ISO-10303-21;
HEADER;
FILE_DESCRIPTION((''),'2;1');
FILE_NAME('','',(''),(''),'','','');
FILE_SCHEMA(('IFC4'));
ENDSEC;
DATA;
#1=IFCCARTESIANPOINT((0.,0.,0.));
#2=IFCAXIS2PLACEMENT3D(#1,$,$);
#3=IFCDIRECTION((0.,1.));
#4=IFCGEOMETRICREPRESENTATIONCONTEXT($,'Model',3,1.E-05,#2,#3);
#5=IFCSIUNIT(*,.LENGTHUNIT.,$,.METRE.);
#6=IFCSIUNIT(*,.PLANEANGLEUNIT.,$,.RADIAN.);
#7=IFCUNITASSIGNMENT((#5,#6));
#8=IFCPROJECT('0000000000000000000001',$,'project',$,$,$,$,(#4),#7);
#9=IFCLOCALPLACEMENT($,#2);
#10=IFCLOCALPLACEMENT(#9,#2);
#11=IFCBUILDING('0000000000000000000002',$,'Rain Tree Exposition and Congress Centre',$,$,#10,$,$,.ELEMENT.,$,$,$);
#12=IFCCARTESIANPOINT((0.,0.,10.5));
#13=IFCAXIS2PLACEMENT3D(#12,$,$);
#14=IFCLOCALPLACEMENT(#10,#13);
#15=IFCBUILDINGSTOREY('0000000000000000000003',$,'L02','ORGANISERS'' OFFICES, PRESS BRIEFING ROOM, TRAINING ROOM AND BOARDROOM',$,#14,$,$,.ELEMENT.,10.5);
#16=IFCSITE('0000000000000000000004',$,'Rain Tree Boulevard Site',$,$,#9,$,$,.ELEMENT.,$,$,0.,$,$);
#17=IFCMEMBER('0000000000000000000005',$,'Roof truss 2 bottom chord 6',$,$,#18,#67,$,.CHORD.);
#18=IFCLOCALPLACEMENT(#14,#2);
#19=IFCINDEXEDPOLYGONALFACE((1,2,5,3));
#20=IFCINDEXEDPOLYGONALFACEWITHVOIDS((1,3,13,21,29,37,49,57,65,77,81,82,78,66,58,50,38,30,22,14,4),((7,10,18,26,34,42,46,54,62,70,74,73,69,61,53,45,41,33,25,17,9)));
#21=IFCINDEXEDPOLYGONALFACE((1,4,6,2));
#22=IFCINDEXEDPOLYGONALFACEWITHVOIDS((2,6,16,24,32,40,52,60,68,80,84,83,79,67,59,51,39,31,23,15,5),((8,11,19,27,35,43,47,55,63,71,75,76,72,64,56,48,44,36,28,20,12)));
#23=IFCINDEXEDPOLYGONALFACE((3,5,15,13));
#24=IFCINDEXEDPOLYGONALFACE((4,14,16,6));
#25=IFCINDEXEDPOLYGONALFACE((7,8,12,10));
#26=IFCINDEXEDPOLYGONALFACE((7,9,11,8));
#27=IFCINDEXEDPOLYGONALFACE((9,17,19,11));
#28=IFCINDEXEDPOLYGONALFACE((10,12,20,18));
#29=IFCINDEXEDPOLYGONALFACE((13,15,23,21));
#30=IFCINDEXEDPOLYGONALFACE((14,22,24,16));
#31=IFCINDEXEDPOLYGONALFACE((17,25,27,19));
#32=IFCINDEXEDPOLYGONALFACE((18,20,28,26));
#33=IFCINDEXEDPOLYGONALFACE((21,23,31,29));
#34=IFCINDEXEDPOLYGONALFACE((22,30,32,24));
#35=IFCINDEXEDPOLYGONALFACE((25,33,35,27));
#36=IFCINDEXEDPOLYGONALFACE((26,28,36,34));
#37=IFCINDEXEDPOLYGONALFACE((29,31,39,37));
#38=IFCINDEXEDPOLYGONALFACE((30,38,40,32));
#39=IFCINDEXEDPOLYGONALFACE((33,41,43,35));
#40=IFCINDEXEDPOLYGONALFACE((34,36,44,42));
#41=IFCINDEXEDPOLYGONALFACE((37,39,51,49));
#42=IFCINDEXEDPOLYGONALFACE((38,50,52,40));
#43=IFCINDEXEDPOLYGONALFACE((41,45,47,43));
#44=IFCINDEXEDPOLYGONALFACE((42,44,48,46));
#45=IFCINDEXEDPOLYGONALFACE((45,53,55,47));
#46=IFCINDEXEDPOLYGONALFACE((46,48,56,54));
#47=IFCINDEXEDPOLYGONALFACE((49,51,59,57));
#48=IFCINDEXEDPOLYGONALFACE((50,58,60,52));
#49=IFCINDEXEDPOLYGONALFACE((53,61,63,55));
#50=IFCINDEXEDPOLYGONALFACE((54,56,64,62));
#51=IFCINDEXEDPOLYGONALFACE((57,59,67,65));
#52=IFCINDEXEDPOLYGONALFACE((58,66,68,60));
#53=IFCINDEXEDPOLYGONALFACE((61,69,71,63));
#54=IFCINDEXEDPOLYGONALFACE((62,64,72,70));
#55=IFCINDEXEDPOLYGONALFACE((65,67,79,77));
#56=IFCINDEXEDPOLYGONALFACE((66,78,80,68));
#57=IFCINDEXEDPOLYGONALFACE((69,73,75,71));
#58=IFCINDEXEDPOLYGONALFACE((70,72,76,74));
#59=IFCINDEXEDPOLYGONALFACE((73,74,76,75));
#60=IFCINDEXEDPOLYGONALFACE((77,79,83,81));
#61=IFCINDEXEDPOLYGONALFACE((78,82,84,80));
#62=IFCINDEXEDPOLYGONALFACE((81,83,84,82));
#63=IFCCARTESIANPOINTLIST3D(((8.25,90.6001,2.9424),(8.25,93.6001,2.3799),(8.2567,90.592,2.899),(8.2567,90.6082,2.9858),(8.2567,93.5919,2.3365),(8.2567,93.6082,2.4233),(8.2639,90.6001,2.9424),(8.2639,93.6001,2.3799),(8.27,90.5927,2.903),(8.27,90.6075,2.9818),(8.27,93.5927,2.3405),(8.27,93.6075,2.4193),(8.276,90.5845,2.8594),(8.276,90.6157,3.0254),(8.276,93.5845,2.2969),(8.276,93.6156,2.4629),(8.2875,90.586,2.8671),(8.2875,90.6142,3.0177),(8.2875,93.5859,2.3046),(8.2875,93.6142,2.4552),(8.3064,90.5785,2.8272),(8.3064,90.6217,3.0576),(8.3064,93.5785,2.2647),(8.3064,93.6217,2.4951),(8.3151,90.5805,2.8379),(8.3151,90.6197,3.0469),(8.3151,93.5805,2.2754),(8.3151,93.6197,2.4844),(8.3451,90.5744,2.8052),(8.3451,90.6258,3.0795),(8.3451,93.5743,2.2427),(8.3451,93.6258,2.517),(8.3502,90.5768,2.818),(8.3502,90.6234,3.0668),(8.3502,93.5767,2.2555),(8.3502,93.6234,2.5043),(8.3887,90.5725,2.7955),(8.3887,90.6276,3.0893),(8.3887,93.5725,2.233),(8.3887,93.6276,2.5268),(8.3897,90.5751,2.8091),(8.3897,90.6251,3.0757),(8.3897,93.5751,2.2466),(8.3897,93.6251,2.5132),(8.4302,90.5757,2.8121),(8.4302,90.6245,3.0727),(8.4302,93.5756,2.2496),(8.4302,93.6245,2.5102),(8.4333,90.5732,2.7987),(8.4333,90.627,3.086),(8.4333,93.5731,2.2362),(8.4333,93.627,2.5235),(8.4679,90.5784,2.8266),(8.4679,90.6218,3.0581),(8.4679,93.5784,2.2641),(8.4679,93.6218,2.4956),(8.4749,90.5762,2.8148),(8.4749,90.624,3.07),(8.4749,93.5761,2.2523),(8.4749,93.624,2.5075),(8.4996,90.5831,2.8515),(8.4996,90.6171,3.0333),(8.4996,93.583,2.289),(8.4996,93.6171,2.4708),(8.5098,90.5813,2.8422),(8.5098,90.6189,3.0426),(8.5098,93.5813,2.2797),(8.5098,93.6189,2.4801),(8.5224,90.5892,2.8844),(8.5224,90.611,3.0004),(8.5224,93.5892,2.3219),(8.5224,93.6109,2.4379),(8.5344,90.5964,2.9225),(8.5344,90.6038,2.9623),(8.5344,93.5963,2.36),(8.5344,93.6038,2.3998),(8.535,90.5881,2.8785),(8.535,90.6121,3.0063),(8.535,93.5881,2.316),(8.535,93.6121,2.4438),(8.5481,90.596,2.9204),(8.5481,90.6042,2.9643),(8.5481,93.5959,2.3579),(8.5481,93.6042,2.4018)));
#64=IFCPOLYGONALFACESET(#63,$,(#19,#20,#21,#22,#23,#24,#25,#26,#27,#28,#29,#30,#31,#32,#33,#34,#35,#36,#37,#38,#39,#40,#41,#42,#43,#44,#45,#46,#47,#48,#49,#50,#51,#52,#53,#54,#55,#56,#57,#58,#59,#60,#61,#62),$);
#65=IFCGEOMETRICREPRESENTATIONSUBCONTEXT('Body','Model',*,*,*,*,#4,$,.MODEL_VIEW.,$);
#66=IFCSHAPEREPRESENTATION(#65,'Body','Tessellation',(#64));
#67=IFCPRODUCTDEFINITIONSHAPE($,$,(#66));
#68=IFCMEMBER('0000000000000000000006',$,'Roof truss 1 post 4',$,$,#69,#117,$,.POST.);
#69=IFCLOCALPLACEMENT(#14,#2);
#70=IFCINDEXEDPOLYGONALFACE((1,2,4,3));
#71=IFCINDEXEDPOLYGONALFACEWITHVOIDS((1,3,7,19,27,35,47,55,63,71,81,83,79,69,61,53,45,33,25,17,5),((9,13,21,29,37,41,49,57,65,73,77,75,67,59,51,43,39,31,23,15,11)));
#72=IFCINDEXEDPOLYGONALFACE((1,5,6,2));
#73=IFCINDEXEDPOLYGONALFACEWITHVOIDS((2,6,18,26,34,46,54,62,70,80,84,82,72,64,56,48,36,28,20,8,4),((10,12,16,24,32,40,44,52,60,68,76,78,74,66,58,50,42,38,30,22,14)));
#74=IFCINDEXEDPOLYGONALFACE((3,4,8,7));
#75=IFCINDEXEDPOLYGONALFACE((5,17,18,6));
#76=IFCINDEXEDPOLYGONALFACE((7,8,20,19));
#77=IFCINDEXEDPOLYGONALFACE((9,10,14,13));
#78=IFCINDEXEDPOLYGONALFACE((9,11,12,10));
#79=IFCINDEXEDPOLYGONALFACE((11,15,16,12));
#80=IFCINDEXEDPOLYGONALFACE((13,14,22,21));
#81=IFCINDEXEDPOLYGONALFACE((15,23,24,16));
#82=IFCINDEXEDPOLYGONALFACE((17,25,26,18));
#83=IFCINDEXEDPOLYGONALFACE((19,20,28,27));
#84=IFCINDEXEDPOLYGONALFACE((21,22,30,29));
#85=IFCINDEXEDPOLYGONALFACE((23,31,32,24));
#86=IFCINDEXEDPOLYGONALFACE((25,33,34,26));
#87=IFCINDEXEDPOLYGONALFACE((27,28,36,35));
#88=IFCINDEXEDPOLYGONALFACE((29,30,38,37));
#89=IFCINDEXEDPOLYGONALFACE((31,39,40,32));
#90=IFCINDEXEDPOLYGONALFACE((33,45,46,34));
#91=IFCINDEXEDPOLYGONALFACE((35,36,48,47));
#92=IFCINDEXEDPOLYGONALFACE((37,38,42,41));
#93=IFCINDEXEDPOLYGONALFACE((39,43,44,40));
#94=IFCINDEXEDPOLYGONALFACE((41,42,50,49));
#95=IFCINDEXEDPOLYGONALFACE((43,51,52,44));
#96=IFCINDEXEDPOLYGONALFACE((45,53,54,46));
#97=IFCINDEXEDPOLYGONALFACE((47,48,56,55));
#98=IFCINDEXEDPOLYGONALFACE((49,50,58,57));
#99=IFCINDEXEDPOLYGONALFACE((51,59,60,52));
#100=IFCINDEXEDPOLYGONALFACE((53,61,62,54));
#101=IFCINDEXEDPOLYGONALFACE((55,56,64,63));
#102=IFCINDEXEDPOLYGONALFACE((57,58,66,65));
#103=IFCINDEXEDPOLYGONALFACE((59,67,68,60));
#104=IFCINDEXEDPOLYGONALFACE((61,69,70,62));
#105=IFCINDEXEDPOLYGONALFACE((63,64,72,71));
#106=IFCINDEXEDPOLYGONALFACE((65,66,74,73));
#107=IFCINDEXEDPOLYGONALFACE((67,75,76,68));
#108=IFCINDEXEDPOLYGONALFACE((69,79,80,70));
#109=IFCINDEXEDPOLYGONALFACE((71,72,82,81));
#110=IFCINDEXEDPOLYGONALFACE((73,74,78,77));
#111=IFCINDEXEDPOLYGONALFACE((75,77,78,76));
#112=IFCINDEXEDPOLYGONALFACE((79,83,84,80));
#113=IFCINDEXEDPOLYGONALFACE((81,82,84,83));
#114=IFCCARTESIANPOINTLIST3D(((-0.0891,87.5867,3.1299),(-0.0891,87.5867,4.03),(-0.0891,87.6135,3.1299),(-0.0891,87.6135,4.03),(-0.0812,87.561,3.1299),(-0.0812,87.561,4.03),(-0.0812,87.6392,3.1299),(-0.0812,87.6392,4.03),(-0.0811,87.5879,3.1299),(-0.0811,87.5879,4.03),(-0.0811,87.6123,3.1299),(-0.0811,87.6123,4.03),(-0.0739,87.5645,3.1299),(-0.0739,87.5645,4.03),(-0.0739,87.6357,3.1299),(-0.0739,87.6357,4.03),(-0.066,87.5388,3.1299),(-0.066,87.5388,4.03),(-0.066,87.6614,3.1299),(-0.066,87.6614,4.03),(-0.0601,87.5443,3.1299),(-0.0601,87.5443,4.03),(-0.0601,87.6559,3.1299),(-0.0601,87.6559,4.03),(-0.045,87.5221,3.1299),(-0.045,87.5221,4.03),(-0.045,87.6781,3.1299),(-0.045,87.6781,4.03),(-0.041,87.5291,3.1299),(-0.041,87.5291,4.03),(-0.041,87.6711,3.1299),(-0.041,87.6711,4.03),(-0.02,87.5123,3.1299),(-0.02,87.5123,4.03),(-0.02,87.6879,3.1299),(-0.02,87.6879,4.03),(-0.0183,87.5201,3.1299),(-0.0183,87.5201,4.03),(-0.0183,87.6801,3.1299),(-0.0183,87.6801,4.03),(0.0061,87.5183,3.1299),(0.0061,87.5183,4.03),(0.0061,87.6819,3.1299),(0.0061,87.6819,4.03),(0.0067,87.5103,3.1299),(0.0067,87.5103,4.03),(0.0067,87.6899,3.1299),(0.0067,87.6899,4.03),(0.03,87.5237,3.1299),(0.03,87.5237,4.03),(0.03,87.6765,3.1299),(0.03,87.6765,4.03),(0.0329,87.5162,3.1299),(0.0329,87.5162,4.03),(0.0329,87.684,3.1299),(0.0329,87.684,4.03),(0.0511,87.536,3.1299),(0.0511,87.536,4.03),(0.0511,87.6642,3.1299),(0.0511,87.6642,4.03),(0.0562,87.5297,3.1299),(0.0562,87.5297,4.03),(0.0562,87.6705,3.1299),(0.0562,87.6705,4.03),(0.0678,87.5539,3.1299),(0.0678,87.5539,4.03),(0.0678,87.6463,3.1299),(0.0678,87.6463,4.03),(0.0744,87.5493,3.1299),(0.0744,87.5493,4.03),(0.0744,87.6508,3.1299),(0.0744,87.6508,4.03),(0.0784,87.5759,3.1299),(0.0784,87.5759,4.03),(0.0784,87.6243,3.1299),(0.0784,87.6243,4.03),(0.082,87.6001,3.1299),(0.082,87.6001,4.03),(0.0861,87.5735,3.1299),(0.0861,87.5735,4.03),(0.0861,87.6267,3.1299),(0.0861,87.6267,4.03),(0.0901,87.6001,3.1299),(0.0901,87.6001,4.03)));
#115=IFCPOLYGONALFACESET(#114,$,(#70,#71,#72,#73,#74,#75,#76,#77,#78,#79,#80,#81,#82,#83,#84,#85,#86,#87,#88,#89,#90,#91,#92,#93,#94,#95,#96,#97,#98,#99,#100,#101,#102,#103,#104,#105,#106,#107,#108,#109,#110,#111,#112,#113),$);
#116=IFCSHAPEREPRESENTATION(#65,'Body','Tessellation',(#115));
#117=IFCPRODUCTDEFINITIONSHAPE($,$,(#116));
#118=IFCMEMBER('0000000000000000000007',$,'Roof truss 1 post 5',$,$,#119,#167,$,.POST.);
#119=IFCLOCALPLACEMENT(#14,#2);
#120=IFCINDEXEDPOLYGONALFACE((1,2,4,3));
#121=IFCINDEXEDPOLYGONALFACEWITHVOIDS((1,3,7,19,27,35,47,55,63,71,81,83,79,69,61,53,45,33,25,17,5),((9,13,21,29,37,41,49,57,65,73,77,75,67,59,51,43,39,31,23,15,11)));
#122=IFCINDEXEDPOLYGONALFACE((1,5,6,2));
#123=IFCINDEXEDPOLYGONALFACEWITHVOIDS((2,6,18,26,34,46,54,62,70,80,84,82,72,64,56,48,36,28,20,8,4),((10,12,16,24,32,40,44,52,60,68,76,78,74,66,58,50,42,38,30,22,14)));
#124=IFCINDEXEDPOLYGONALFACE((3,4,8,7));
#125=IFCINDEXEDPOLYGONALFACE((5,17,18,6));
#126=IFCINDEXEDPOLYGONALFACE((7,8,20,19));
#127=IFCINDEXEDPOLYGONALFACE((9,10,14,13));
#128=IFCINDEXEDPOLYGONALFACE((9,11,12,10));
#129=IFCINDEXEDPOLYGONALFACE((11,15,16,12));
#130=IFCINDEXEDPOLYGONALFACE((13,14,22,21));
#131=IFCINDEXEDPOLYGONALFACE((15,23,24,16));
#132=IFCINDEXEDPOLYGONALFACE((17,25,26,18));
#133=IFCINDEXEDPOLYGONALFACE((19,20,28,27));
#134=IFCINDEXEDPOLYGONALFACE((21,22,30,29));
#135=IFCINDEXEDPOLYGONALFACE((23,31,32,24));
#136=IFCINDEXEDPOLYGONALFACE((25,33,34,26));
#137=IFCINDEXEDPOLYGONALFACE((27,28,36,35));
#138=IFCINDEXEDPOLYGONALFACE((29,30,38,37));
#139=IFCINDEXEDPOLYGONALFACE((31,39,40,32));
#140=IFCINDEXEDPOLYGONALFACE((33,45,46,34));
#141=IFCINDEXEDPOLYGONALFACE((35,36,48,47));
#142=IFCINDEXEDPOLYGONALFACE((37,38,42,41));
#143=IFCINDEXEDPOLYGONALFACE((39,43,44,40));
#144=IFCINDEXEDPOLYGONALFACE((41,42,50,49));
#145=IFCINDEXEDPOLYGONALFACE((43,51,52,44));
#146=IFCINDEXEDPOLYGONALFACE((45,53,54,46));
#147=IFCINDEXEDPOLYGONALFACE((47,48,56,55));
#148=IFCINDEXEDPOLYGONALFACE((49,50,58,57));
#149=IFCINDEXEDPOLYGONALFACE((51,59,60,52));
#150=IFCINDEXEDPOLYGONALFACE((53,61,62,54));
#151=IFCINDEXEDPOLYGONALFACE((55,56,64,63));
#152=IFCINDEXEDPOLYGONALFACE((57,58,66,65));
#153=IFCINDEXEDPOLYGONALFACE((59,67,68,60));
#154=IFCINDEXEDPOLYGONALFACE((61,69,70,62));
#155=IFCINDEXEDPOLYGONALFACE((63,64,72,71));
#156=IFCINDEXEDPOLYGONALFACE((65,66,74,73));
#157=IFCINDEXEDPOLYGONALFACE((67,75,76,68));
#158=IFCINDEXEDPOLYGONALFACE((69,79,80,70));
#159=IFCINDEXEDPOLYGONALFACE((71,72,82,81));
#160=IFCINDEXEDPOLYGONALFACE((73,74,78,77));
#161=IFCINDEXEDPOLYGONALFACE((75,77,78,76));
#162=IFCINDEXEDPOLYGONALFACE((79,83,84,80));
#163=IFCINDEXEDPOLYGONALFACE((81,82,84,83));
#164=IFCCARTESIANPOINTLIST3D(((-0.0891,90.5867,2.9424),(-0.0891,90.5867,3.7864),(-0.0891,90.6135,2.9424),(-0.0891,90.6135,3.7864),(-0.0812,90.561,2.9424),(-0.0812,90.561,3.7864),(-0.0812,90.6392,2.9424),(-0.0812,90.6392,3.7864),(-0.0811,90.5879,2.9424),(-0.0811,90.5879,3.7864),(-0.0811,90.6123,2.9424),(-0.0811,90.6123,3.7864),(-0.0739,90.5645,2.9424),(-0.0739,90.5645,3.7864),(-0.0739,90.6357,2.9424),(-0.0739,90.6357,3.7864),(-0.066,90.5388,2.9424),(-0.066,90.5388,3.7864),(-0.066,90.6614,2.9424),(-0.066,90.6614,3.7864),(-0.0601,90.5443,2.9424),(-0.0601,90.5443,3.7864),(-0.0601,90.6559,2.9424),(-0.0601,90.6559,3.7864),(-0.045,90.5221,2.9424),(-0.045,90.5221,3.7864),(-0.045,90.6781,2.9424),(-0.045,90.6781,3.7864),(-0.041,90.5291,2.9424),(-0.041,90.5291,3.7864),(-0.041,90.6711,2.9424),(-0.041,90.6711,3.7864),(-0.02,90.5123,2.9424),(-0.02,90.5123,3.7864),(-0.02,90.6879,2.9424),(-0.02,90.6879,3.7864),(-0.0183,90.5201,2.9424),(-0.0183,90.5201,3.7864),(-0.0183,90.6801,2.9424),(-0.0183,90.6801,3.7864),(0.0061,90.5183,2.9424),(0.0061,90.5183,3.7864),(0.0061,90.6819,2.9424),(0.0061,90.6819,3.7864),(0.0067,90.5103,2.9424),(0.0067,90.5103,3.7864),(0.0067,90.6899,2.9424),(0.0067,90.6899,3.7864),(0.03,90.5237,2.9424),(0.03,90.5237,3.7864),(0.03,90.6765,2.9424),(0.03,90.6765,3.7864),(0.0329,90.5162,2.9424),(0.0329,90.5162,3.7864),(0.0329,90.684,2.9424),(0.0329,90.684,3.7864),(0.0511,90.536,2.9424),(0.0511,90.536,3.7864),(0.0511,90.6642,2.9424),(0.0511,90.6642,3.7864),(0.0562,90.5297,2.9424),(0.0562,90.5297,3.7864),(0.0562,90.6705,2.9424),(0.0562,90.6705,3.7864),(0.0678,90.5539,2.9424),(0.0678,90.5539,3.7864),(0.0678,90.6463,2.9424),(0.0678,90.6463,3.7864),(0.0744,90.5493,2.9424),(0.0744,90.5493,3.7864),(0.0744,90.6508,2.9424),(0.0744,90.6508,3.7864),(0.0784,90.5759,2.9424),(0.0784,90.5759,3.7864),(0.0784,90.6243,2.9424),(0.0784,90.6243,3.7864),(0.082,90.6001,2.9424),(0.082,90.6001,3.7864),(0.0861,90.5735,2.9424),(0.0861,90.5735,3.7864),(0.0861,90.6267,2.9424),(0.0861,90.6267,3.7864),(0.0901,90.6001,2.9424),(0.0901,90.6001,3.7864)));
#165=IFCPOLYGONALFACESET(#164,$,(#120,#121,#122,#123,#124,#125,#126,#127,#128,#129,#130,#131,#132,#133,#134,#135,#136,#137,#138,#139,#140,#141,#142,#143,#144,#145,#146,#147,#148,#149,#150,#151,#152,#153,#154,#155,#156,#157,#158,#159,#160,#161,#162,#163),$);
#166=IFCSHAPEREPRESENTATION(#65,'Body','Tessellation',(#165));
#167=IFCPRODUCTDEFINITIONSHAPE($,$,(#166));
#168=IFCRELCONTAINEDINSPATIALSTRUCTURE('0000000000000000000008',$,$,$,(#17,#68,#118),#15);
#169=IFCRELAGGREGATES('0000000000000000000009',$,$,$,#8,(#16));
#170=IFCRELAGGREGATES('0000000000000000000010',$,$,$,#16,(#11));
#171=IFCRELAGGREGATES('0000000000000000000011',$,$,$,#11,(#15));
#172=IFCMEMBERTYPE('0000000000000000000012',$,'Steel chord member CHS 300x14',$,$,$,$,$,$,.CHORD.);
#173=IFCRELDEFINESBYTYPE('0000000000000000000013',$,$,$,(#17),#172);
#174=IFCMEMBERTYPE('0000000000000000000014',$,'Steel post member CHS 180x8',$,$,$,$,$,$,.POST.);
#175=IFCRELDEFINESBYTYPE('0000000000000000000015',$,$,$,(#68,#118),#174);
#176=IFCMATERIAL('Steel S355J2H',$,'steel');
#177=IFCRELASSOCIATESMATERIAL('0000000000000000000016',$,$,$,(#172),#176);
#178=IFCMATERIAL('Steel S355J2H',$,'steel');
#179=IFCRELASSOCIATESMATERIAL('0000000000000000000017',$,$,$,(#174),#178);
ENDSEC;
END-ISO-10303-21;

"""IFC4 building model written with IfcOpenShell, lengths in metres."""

from ifc_helpers import new_model, si_unit, direction, frame, origin, origin_2d, place, context, subcontext, project, spatial, hollow_circle, extrude, material, material_profile, profile_set, type_object, element, save


model = new_model("IFC4")

# Units and contexts
model_context = context("Model", 3, precision=1e-05, world=origin(), true_north=direction((0.0, 1.0)))
body_context = subcontext(model_context, "Body", "Model", "MODEL_VIEW")
ifc_project = project(units=[si_unit("LENGTHUNIT", "METRE"), si_unit("PLANEANGLEUNIT", "RADIAN")], contexts=[model_context])

# Site, building, storey
site_placement = place(None, origin())
site = spatial("IfcSite", under=ifc_project, at=site_placement, Name="Rain Tree Boulevard Site", CompositionType="ELEMENT", RefElevation=0.0)
building_placement = place(site_placement, origin())
building = spatial("IfcBuilding", under=site, at=building_placement, Name="Rain Tree Exposition and Congress Centre", CompositionType="ELEMENT")
storey_placement = place(building_placement, frame((0.0, 0.0, 10.5)))
storey = spatial("IfcBuildingStorey", under=building, at=storey_placement, Name="L02", Description="ORGANISERS' OFFICES, PRESS BRIEFING ROOM, TRAINING ROOM AND BOARDROOM", CompositionType="ELEMENT", Elevation=10.5)

# Members
ifc_material_1 = material(Name="Steel S355J2H", Category="steel")
ifc_material_profile_1 = material_profile(ifc_material_1, hollow_circle(Radius=0.1499, WallThickness=0.0139, at=origin_2d()), Name="CHS 300x14")
ifc_profile_set_1 = profile_set([ifc_material_profile_1], Name="Steel S355J2H")
member_type_1 = type_object("IfcMemberType", Name="Steel chord member CHS 300x14", PredefinedType="CHORD", material=ifc_profile_set_1)
member_1_placement = place(storey_placement, frame((8.3999, 90.6001, 2.9424), z_axis=(0.0, 0.982872, -0.184289), x_axis=(-1.0, 0.0, 0.0)))
element("IfcMember", 1, at=member_1_placement, inside=storey, type_object=member_type_1, Name="Roof truss 2 bottom chord 6", PredefinedType="CHORD", context=body_context, shape_type="SweptSolid", body=[
    extrude(hollow_circle(Radius=0.1499, WallThickness=0.0139, at=origin_2d()), origin(), (0.0, 0.0, 1.0), 3.0522),
])
ifc_material_2 = material(Name="Steel S355J2H", Category="steel")
ifc_material_profile_2 = material_profile(ifc_material_2, hollow_circle(Radius=0.0901, WallThickness=0.0081, at=origin_2d()), Name="CHS 180x8")
ifc_profile_set_2 = profile_set([ifc_material_profile_2], Name="Steel S355J2H")
member_type_2 = type_object("IfcMemberType", Name="Steel post member CHS 180x8", PredefinedType="POST", material=ifc_profile_set_2)
member_2_placement = place(storey_placement, frame((0.0, 87.6001, 3.1299), z_axis=(0.0, 0.0, 1.0), x_axis=(1.0, 0.0, 0.0)))
element("IfcMember", 2, at=member_2_placement, inside=storey, type_object=member_type_2, Name="Roof truss 1 post 4", PredefinedType="POST", context=body_context, shape_type="SweptSolid", body=[
    extrude(hollow_circle(Radius=0.0901, WallThickness=0.0081, at=origin_2d()), origin(), (0.0, 0.0, 1.0), 0.9001),
])
member_3_placement = place(storey_placement, frame((0.0, 90.6001, 2.9424), z_axis=(0.0, 0.0, 1.0), x_axis=(1.0, 0.0, 0.0)))
element("IfcMember", 3, at=member_3_placement, inside=storey, type_object=member_type_2, Name="Roof truss 1 post 5", PredefinedType="POST", context=body_context, shape_type="SweptSolid", body=[
    extrude(hollow_circle(Radius=0.0901, WallThickness=0.0081, at=origin_2d()), origin(), (0.0, 0.0, 1.0), 0.844),
])

save(model, "model.ifc")
